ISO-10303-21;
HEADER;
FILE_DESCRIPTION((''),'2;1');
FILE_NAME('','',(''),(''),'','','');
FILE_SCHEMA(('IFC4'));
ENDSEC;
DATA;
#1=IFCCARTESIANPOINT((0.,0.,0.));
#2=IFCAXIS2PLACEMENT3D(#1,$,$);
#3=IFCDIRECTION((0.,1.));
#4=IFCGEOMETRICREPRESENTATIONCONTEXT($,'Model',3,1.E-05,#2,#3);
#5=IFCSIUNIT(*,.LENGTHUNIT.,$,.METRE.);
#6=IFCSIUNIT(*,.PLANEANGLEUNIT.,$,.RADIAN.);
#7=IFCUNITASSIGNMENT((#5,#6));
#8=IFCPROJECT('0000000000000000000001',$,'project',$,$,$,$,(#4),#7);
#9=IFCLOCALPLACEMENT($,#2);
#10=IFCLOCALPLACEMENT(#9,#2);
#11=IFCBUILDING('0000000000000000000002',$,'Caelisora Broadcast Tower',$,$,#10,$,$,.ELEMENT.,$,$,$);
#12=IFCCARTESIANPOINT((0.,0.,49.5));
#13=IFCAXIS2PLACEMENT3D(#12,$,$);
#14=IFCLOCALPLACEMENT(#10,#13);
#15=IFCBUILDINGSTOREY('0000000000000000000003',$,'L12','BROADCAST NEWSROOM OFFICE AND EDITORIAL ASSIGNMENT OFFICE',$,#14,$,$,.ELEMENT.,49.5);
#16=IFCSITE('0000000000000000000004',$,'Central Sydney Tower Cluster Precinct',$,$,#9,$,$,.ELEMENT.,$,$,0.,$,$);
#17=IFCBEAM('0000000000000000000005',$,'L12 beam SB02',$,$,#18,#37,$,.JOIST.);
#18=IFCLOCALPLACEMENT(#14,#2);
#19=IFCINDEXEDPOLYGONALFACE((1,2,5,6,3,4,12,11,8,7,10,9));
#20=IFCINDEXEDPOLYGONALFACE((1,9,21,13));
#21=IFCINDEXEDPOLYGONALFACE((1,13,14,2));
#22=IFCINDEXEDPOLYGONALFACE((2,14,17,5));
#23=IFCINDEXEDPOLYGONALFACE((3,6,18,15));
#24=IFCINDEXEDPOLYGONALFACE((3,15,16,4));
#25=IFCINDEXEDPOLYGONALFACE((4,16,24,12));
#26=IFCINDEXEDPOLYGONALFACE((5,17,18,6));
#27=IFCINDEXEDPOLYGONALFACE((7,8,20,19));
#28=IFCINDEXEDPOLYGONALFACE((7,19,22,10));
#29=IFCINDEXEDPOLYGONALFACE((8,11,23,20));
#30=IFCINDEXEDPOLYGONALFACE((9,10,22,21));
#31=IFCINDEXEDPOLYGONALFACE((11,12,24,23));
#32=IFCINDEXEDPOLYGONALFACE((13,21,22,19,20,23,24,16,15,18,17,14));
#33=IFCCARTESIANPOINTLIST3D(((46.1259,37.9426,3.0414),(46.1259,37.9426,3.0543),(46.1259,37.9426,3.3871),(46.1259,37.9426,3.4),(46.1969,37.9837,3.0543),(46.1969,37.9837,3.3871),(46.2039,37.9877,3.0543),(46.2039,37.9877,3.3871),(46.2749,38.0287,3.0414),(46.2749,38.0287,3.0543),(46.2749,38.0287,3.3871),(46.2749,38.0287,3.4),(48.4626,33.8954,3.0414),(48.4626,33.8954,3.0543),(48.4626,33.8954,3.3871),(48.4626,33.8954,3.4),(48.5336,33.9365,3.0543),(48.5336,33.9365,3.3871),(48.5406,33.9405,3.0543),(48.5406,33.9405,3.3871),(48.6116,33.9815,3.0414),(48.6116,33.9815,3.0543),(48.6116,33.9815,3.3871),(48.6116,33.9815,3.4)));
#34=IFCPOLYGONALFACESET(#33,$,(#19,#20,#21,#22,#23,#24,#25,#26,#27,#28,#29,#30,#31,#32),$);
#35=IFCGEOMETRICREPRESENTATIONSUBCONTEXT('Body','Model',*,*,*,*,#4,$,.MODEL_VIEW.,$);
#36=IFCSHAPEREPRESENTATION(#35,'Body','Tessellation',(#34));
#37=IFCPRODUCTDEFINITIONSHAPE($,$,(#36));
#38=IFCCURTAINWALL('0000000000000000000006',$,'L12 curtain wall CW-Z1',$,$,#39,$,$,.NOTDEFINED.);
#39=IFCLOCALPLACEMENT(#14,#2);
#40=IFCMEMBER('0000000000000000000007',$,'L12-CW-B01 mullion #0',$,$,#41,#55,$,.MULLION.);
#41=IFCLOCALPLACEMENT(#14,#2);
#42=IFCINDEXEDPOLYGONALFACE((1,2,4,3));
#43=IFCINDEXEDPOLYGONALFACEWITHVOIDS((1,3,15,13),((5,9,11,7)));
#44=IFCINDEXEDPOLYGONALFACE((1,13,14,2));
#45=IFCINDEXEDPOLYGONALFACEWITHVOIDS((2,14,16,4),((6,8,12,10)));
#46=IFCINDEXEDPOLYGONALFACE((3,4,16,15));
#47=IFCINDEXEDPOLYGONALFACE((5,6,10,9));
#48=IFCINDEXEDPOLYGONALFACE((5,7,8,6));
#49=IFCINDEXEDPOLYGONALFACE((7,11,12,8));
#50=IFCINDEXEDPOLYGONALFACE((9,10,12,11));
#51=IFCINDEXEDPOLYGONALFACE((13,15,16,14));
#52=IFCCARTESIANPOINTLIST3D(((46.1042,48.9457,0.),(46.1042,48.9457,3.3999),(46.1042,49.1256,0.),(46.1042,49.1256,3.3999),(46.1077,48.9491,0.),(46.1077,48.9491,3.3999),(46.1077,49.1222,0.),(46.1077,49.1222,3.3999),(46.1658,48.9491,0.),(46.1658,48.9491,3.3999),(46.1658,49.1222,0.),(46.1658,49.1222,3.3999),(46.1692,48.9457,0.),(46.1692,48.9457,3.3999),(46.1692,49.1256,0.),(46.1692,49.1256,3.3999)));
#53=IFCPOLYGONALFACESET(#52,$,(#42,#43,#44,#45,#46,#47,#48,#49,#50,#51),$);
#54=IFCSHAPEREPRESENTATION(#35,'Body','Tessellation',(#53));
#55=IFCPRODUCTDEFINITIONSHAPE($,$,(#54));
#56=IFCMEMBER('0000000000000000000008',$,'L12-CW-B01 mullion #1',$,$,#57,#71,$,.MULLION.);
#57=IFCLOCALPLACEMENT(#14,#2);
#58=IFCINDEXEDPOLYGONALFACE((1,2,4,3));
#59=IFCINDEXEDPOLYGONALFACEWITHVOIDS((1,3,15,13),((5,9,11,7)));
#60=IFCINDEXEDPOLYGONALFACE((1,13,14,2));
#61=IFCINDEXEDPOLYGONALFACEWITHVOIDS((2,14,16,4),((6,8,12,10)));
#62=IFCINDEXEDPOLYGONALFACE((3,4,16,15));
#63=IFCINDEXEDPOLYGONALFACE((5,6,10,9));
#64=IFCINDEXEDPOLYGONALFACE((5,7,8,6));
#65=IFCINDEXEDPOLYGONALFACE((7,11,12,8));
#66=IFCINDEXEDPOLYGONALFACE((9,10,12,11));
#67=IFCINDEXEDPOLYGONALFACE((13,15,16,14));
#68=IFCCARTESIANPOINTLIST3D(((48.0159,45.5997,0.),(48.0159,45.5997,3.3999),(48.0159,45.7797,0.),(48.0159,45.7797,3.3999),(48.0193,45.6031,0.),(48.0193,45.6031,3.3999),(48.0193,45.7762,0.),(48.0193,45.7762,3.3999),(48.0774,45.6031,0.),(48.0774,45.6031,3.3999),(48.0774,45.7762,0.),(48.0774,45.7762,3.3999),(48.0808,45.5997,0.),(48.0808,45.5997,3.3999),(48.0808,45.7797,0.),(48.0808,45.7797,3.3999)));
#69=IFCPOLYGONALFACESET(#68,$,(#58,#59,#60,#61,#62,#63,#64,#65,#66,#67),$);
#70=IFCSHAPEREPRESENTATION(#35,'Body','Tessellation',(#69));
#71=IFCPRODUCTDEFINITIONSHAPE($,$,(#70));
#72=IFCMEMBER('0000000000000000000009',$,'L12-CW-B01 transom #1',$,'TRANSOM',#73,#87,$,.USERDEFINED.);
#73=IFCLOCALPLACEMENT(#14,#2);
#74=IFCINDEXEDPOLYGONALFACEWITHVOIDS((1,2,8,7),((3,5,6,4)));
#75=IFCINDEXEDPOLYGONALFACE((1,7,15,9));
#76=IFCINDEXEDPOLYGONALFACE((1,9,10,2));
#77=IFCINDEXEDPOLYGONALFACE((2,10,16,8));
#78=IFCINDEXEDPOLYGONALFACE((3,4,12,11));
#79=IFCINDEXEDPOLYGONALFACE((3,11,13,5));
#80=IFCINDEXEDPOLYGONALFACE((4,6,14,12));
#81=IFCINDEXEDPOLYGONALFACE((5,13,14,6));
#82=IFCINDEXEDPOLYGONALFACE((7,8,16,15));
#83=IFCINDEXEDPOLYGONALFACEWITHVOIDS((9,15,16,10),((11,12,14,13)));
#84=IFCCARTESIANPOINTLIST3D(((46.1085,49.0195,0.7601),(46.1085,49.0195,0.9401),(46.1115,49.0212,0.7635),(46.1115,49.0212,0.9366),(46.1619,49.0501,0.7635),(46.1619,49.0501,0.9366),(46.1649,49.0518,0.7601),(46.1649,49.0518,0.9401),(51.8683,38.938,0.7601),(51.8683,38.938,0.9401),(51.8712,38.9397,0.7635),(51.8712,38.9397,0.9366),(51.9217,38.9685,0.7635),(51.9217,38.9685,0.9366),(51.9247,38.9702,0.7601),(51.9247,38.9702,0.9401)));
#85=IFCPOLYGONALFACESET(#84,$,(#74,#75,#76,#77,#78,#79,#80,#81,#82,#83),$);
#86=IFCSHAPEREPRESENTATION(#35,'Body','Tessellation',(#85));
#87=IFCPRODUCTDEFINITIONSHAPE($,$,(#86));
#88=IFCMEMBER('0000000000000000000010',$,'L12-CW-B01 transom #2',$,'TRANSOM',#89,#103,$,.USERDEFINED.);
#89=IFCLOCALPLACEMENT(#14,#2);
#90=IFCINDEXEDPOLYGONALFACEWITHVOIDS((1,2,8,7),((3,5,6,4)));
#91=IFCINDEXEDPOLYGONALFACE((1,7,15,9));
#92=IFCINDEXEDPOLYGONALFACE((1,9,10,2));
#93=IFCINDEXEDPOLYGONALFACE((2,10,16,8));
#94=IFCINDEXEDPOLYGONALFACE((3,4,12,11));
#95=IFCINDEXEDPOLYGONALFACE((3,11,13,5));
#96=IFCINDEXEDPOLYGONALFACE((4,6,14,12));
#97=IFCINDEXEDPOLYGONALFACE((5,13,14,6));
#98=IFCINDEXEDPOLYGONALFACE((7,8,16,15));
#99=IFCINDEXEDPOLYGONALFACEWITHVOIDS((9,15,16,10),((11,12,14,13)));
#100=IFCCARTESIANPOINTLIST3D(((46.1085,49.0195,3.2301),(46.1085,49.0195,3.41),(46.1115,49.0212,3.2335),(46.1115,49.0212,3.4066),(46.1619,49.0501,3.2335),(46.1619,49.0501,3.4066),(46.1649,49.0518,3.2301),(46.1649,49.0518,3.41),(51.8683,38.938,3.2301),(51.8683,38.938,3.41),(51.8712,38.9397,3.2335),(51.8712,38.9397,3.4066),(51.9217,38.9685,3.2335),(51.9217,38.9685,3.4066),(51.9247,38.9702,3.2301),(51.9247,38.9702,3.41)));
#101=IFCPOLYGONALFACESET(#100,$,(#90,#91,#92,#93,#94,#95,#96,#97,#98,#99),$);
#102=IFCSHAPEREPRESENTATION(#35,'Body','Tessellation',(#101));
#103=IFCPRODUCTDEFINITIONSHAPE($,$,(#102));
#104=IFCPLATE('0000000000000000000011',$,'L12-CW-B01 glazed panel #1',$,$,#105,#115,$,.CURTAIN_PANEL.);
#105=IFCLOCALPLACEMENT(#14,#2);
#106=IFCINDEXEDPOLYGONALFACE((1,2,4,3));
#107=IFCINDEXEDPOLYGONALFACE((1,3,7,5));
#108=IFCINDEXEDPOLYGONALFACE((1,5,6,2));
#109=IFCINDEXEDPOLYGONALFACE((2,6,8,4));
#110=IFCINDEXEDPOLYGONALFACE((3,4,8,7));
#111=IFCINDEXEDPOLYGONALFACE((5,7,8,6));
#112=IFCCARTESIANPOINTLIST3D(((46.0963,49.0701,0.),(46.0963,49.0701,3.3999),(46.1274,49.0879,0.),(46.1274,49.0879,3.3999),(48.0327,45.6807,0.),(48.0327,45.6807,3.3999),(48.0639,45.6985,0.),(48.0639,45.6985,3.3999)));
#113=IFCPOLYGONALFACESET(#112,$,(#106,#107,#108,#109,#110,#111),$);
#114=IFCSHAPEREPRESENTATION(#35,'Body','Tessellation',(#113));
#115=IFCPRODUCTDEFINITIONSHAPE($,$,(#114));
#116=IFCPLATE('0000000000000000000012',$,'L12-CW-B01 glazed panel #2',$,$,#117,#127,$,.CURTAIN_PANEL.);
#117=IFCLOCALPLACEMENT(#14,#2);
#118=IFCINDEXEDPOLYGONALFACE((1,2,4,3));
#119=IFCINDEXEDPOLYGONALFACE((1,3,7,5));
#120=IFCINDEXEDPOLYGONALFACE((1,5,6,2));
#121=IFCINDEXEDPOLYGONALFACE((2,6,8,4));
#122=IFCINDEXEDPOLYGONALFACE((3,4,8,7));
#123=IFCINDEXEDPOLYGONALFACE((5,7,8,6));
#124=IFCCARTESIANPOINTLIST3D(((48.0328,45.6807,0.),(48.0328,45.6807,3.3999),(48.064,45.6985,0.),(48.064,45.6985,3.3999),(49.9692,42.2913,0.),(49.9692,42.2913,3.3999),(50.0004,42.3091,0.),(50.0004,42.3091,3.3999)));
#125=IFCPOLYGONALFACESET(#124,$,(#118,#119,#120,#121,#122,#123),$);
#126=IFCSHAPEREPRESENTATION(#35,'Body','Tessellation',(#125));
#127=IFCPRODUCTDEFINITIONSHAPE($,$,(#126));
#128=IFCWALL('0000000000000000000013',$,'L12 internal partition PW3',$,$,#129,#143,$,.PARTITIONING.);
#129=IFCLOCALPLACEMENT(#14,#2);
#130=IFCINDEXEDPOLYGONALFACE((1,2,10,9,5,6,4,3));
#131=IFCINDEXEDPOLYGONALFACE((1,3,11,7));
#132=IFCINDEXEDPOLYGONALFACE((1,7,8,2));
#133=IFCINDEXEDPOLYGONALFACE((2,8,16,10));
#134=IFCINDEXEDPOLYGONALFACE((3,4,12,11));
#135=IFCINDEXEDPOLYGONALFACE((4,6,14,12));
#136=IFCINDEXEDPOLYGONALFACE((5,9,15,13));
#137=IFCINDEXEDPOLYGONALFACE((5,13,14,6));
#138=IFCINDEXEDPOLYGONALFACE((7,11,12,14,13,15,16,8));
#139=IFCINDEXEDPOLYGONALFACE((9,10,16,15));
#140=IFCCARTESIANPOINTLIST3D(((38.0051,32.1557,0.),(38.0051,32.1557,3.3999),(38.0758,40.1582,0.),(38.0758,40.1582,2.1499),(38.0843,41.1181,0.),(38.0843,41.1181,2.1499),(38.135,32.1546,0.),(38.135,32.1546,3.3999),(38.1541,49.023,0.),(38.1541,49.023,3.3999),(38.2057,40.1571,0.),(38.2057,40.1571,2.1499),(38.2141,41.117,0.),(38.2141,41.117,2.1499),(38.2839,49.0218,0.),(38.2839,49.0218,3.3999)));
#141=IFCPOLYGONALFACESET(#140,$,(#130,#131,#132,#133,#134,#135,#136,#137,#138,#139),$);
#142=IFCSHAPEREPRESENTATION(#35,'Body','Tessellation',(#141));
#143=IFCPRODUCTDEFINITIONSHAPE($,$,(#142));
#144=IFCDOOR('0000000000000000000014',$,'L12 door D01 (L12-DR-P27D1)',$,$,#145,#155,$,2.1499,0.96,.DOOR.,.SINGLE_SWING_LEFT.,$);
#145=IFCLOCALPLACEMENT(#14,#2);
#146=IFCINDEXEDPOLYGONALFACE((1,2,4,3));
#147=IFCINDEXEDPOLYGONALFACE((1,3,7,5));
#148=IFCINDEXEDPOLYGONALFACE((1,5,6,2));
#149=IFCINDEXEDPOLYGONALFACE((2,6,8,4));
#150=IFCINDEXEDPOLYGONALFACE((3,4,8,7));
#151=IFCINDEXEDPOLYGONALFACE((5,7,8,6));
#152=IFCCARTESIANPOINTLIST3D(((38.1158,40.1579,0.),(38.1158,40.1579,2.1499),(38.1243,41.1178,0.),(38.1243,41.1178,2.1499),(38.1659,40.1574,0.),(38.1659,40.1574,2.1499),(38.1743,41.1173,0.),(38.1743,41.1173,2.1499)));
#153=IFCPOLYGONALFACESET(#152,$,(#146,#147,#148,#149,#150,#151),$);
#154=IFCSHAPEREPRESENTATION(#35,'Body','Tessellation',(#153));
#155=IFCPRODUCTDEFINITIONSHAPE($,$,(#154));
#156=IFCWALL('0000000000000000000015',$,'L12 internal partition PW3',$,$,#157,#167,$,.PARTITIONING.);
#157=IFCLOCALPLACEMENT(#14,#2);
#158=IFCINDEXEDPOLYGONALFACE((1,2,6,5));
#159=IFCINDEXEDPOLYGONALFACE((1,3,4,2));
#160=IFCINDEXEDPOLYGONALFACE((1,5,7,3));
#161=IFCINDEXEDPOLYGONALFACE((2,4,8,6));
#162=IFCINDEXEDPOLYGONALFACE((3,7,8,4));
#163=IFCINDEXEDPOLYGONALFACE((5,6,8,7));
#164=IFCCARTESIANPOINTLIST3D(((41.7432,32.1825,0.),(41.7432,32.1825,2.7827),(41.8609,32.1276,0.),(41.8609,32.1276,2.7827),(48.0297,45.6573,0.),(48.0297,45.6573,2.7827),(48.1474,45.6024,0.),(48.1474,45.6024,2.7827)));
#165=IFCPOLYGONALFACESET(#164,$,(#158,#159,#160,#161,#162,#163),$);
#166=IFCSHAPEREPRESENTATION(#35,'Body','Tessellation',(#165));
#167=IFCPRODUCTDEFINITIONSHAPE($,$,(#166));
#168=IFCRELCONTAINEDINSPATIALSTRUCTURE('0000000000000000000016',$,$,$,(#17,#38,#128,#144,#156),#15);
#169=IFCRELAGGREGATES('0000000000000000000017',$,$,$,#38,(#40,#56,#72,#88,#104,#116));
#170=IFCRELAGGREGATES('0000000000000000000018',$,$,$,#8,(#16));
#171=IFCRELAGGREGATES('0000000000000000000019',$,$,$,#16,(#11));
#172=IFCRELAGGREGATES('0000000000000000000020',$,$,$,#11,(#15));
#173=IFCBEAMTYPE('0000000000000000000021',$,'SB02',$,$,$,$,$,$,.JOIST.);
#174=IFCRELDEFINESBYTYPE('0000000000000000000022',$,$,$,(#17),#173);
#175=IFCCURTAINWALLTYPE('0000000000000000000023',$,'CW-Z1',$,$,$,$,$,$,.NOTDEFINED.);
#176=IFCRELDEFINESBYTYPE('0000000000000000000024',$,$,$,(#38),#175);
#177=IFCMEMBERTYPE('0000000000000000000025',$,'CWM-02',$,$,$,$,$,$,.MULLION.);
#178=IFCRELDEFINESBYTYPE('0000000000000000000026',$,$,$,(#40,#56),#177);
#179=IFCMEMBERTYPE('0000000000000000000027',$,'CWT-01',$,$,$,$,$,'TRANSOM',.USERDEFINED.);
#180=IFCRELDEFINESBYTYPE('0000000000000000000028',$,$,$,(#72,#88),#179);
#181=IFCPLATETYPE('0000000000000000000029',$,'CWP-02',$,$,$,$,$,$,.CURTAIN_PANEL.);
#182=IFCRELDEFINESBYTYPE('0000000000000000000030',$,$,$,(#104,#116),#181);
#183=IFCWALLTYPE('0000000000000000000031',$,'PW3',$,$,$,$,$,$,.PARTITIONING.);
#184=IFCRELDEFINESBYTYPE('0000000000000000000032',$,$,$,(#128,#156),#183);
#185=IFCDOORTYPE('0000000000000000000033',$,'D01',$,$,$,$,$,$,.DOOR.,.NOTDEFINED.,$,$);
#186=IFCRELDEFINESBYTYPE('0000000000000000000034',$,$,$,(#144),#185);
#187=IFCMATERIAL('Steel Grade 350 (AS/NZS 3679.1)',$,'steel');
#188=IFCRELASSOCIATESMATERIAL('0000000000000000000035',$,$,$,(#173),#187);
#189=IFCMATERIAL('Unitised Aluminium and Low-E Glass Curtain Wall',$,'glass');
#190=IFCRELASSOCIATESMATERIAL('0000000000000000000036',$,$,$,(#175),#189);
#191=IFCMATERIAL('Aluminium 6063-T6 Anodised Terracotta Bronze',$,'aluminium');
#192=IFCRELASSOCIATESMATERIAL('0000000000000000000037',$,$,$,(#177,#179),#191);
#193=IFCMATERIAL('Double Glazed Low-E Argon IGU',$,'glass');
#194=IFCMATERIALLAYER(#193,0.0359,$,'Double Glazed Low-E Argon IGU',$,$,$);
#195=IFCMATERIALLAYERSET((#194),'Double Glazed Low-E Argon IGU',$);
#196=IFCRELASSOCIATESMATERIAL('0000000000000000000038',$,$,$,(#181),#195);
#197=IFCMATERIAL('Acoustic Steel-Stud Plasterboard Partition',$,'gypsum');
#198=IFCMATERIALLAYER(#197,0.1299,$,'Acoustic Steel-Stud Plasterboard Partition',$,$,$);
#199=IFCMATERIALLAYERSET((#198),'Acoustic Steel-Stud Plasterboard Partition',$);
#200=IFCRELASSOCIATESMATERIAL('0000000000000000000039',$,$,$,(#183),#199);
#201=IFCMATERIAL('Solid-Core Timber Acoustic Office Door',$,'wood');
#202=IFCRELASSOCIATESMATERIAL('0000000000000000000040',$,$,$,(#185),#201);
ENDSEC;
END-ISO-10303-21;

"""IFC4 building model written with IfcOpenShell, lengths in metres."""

from ifc_helpers import new_model, si_unit, direction, frame, frame_2d, origin, origin_2d, place, context, subcontext, project, spatial, rectangle, hollow_rectangle, i_section, extrude, source, transform, mapped, material, layer, layer_set, material_profile, profile_set, type_object, type_shapes, element, fill, aggregate, save


model = new_model("IFC4")

# Units and contexts
model_context = context("Model", 3, precision=1e-05, world=origin(), true_north=direction((0.0, 1.0)))
body_context = subcontext(model_context, "Body", "Model", "MODEL_VIEW")
ifc_project = project(units=[si_unit("LENGTHUNIT", "METRE"), si_unit("PLANEANGLEUNIT", "RADIAN")], contexts=[model_context])

# Site, building, storey
site_placement = place(None, origin())
site = spatial("IfcSite", under=ifc_project, at=site_placement, Name="Central Sydney Tower Cluster Precinct", CompositionType="ELEMENT", RefElevation=0.0)
building_placement = place(site_placement, origin())
building = spatial("IfcBuilding", under=site, at=building_placement, Name="Caelisora Broadcast Tower", CompositionType="ELEMENT")
storey_placement = place(building_placement, frame((0.0, 0.0, 49.5)))
storey = spatial("IfcBuildingStorey", under=building, at=storey_placement, Name="L12", Description="BROADCAST NEWSROOM OFFICE AND EDITORIAL ASSIGNMENT OFFICE", CompositionType="ELEMENT", Elevation=49.5)

# Beam
ifc_material_1 = material(Name="Steel Grade 350 (AS/NZS 3679.1)", Category="steel")
ifc_material_profile_1 = material_profile(ifc_material_1, i_section(OverallWidth=0.1721, OverallDepth=0.3586, WebThickness=0.0081, FlangeThickness=0.0129, at=origin_2d()), Name="Steel Grade 350 (AS/NZS 3679.1)")
ifc_profile_set_1 = profile_set([ifc_material_profile_1], Name="Steel Grade 350 (AS/NZS 3679.1)")
beam_type_1 = type_object("IfcBeamType", Name="SB02", PredefinedType="JOIST", material=ifc_profile_set_1)
shared_shape_1 = source(origin(), body_context, "Body", "SweptSolid", [
    extrude(i_section(OverallWidth=0.1721, OverallDepth=0.3586, WebThickness=0.0081, FlangeThickness=0.0129, at=origin_2d()), origin(), (0.0, 0.0, 1.0), 4.6733),
])
beam_1_placement = place(storey_placement, frame((48.5371, 33.9385, 3.2207), z_axis=(-0.50001, 0.866019, 0.0), x_axis=(-0.866019, -0.50001, 0.0)))
element("IfcBeam", 1, at=beam_1_placement, inside=storey, type_object=beam_type_1, Name="L12 beam SB02", PredefinedType="JOIST", context=body_context, shape_type="MappedRepresentation", body=[
    mapped(shared_shape_1, transform((0.0, 0.0, 0.0), scale=1.0)),
])

# Curtain wall, members, plates
ifc_material_2 = material(Name="Unitised Aluminium and Low-E Glass Curtain Wall", Category="glass")
curtain_wall_type = type_object("IfcCurtainWallType", Name="CW-Z1", PredefinedType="NOTDEFINED", material=ifc_material_2)
curtain_wall_placement = place(storey_placement, origin())
curtain_wall = element("IfcCurtainWall", 2, at=curtain_wall_placement, inside=storey, type_object=curtain_wall_type, Name="L12 curtain wall CW-Z1", PredefinedType="NOTDEFINED")
ifc_material_3 = material(Name="Aluminium 6063-T6 Anodised Terracotta Bronze", Category="aluminium")
ifc_material_profile_2 = material_profile(ifc_material_3, hollow_rectangle(XDim=0.0649, YDim=0.1799, WallThickness=0.0034, at=origin_2d()), Name="Aluminium 6063-T6 Anodised Terracotta Bronze")
ifc_profile_set_2 = profile_set([ifc_material_profile_2], Name="Aluminium 6063-T6 Anodised Terracotta Bronze")
member_type_1 = type_object("IfcMemberType", Name="CWM-02", PredefinedType="MULLION", material=ifc_profile_set_2)
shared_shape_2 = source(origin(), body_context, "Body", "SweptSolid", [
    extrude(hollow_rectangle(XDim=0.0649, YDim=0.1799, WallThickness=0.0034, at=origin_2d()), origin(), (0.0, 0.0, 1.0), 3.3999),
])
type_shapes(member_type_1, [shared_shape_2])
member_1_placement = place(storey_placement, frame((46.1367, 49.0356, 0.0), z_axis=(0.0, 0.0, 1.0), x_axis=(1.0, 0.0, 0.0)))
member_1 = element("IfcMember", 3, at=member_1_placement, type_object=member_type_1, Name="L12-CW-B01 mullion #0", PredefinedType="MULLION", context=body_context, shape_type="MappedRepresentation", body=[
    mapped(shared_shape_2, transform((0.0, 0.0, 0.0), scale=1.0)),
])
member_2_placement = place(storey_placement, frame((48.0483, 45.6897, 0.0), z_axis=(0.0, 0.0, 1.0), x_axis=(1.0, 0.0, 0.0)))
member_2 = element("IfcMember", 4, at=member_2_placement, type_object=member_type_1, Name="L12-CW-B01 mullion #1", PredefinedType="MULLION", context=body_context, shape_type="MappedRepresentation", body=[
    mapped(shared_shape_2, transform((0.0, 0.0, 0.0), scale=1.0)),
])
ifc_material_profile_3 = material_profile(ifc_material_3, hollow_rectangle(XDim=0.0649, YDim=0.1799, WallThickness=0.0034, at=origin_2d()), Name="Aluminium 6063-T6 Anodised Terracotta Bronze")
ifc_profile_set_3 = profile_set([ifc_material_profile_3], Name="Aluminium 6063-T6 Anodised Terracotta Bronze")
member_type_2 = type_object("IfcMemberType", Name="CWT-01", ElementType="TRANSOM", PredefinedType="USERDEFINED", material=ifc_profile_set_3)
shared_shape_3 = source(origin(), body_context, "Body", "SweptSolid", [
    extrude(hollow_rectangle(XDim=0.0649, YDim=0.1799, WallThickness=0.0034, at=origin_2d()), origin(), (0.0, 0.0, 1.0), 11.6108),
])
type_shapes(member_type_2, [shared_shape_3])
member_3_placement = place(storey_placement, frame((46.1367, 49.0356, 0.8501), z_axis=(0.496066, -0.868285, 0.0), x_axis=(0.868285, 0.496066, 0.0)))
member_3 = element("IfcMember", 5, at=member_3_placement, type_object=member_type_2, Name="L12-CW-B01 transom #1", ObjectType="TRANSOM", PredefinedType="USERDEFINED", context=body_context, shape_type="MappedRepresentation", body=[
    mapped(shared_shape_3, transform((0.0, 0.0, 0.0), scale=1.0)),
])
member_4_placement = place(storey_placement, frame((46.1367, 49.0356, 3.3201), z_axis=(0.496066, -0.868285, 0.0), x_axis=(0.868285, 0.496066, 0.0)))
member_4 = element("IfcMember", 6, at=member_4_placement, type_object=member_type_2, Name="L12-CW-B01 transom #2", ObjectType="TRANSOM", PredefinedType="USERDEFINED", context=body_context, shape_type="MappedRepresentation", body=[
    mapped(shared_shape_3, transform((0.0, 0.0, 0.0), scale=1.0)),
])
ifc_material_4 = material(Name="Double Glazed Low-E Argon IGU", Category="glass")
ifc_layer_1 = layer(ifc_material_4, 0.0359, Name="Double Glazed Low-E Argon IGU")
ifc_layer_set_1 = layer_set([ifc_layer_1], Name="Double Glazed Low-E Argon IGU")
plate_type = type_object("IfcPlateType", Name="CWP-02", PredefinedType="CURTAIN_PANEL", material=ifc_layer_set_1)
shared_shape_4 = source(origin(), body_context, "Body", "SweptSolid", [
    extrude(rectangle(XDim=3.9036, YDim=0.0359, at=origin_2d()), origin(), (0.0, 0.0, 1.0), 3.3999),
])
type_shapes(plate_type, [shared_shape_4])
plate_1_placement = place(storey_placement, frame((47.0801, 47.3843, 0.0), z_axis=(0.0, 0.0, 1.0), x_axis=(0.496065, -0.868285, 0.0)))
plate_1 = element("IfcPlate", 7, at=plate_1_placement, type_object=plate_type, Name="L12-CW-B01 glazed panel #1", PredefinedType="CURTAIN_PANEL", context=body_context, shape_type="MappedRepresentation", body=[
    mapped(shared_shape_4, transform((0.0, 0.0, 0.0), scale=1.0)),
])
plate_2_placement = place(storey_placement, frame((49.0166, 43.9949, 0.0), z_axis=(0.0, 0.0, 1.0), x_axis=(0.496065, -0.868285, 0.0)))
plate_2 = element("IfcPlate", 8, at=plate_2_placement, type_object=plate_type, Name="L12-CW-B01 glazed panel #2", PredefinedType="CURTAIN_PANEL", context=body_context, shape_type="MappedRepresentation", body=[
    mapped(shared_shape_4, transform((0.0, 0.0, 0.0), scale=1.0)),
])
aggregate(curtain_wall, [member_1, member_2, member_3, member_4, plate_1, plate_2])

# Wall, opening, door
ifc_material_5 = material(Name="Acoustic Steel-Stud Plasterboard Partition", Category="gypsum")
ifc_layer_2 = layer(ifc_material_5, 0.1299, Name="Acoustic Steel-Stud Plasterboard Partition")
ifc_layer_set_2 = layer_set([ifc_layer_2], Name="Acoustic Steel-Stud Plasterboard Partition")
wall_type_1 = type_object("IfcWallType", Name="PW3", PredefinedType="PARTITIONING", material=ifc_layer_set_2)
wall_1_placement = place(storey_placement, frame((38.0701, 32.155, 0.0), z_axis=(0.0, 0.0, 1.0), x_axis=(0.008829, 0.999961, 0.0)))
wall_1 = element("IfcWall", 9, at=wall_1_placement, inside=storey, type_object=wall_type_1, Name="L12 internal partition PW3", PredefinedType="PARTITIONING", context=body_context, shape_type="SweptSolid", body=[
    extrude(rectangle(XDim=16.8679, YDim=0.1299, at=frame_2d((8.4341, 0.0))), origin(), (0.0, 0.0, 1.0), 3.3999),
])
opening_1_placement = place(wall_1_placement, frame((8.0029, 0.0, 0.0)))
opening_1 = element("IfcOpeningElement", 10, at=opening_1_placement, cuts=wall_1, PredefinedType="OPENING", context=body_context, shape_type="SweptSolid", body=[
    extrude(rectangle(XDim=0.96, YDim=2.1499, at=frame_2d((0.48, 1.075))), frame((0.0, 0.0769, 0.0), z_axis=(0.0, -1.0, 0.0), x_axis=(1.0, 0.0, 0.0)), (0.0, 0.0, 1.0), 0.1538),
])
ifc_material_6 = material(Name="Solid-Core Timber Acoustic Office Door", Category="wood")
door_type = type_object("IfcDoorType", Name="D01", OperationType="NOTDEFINED", PredefinedType="DOOR", material=ifc_material_6)
door_1_placement = place(opening_1_placement, origin())
door_1 = element("IfcDoor", 11, at=door_1_placement, inside=storey, type_object=door_type, Name="L12 door D01 (L12-DR-P27D1)", OperationType="SINGLE_SWING_LEFT", OverallHeight=2.1499, OverallWidth=0.96, PredefinedType="DOOR", context=body_context, shape_type="SweptSolid", body=[
    extrude(rectangle(XDim=0.96, YDim=2.1499, at=frame_2d((0.48, 1.075))), frame((0.0, 0.0249, 0.0), z_axis=(0.0, -1.0, 0.0), x_axis=(1.0, 0.0, 0.0)), (0.0, 0.0, 1.0), 0.05),
])
fill(opening_1, door_1)

# Wall
wall_2_placement = place(storey_placement, frame((41.802, 32.155, 0.0), z_axis=(0.0, 0.0, 1.0), x_axis=(0.422795, 0.906226, 0.0)))
element("IfcWall", 12, at=wall_2_placement, inside=storey, type_object=wall_type_1, Name="L12 internal partition PW3", PredefinedType="PARTITIONING", context=body_context, shape_type="SweptSolid", body=[
    extrude(rectangle(XDim=14.8691, YDim=0.1299, at=frame_2d((7.4346, 0.0))), origin(), (0.0, 0.0, 1.0), 2.7827),
])

save(model, "model.ifc")
